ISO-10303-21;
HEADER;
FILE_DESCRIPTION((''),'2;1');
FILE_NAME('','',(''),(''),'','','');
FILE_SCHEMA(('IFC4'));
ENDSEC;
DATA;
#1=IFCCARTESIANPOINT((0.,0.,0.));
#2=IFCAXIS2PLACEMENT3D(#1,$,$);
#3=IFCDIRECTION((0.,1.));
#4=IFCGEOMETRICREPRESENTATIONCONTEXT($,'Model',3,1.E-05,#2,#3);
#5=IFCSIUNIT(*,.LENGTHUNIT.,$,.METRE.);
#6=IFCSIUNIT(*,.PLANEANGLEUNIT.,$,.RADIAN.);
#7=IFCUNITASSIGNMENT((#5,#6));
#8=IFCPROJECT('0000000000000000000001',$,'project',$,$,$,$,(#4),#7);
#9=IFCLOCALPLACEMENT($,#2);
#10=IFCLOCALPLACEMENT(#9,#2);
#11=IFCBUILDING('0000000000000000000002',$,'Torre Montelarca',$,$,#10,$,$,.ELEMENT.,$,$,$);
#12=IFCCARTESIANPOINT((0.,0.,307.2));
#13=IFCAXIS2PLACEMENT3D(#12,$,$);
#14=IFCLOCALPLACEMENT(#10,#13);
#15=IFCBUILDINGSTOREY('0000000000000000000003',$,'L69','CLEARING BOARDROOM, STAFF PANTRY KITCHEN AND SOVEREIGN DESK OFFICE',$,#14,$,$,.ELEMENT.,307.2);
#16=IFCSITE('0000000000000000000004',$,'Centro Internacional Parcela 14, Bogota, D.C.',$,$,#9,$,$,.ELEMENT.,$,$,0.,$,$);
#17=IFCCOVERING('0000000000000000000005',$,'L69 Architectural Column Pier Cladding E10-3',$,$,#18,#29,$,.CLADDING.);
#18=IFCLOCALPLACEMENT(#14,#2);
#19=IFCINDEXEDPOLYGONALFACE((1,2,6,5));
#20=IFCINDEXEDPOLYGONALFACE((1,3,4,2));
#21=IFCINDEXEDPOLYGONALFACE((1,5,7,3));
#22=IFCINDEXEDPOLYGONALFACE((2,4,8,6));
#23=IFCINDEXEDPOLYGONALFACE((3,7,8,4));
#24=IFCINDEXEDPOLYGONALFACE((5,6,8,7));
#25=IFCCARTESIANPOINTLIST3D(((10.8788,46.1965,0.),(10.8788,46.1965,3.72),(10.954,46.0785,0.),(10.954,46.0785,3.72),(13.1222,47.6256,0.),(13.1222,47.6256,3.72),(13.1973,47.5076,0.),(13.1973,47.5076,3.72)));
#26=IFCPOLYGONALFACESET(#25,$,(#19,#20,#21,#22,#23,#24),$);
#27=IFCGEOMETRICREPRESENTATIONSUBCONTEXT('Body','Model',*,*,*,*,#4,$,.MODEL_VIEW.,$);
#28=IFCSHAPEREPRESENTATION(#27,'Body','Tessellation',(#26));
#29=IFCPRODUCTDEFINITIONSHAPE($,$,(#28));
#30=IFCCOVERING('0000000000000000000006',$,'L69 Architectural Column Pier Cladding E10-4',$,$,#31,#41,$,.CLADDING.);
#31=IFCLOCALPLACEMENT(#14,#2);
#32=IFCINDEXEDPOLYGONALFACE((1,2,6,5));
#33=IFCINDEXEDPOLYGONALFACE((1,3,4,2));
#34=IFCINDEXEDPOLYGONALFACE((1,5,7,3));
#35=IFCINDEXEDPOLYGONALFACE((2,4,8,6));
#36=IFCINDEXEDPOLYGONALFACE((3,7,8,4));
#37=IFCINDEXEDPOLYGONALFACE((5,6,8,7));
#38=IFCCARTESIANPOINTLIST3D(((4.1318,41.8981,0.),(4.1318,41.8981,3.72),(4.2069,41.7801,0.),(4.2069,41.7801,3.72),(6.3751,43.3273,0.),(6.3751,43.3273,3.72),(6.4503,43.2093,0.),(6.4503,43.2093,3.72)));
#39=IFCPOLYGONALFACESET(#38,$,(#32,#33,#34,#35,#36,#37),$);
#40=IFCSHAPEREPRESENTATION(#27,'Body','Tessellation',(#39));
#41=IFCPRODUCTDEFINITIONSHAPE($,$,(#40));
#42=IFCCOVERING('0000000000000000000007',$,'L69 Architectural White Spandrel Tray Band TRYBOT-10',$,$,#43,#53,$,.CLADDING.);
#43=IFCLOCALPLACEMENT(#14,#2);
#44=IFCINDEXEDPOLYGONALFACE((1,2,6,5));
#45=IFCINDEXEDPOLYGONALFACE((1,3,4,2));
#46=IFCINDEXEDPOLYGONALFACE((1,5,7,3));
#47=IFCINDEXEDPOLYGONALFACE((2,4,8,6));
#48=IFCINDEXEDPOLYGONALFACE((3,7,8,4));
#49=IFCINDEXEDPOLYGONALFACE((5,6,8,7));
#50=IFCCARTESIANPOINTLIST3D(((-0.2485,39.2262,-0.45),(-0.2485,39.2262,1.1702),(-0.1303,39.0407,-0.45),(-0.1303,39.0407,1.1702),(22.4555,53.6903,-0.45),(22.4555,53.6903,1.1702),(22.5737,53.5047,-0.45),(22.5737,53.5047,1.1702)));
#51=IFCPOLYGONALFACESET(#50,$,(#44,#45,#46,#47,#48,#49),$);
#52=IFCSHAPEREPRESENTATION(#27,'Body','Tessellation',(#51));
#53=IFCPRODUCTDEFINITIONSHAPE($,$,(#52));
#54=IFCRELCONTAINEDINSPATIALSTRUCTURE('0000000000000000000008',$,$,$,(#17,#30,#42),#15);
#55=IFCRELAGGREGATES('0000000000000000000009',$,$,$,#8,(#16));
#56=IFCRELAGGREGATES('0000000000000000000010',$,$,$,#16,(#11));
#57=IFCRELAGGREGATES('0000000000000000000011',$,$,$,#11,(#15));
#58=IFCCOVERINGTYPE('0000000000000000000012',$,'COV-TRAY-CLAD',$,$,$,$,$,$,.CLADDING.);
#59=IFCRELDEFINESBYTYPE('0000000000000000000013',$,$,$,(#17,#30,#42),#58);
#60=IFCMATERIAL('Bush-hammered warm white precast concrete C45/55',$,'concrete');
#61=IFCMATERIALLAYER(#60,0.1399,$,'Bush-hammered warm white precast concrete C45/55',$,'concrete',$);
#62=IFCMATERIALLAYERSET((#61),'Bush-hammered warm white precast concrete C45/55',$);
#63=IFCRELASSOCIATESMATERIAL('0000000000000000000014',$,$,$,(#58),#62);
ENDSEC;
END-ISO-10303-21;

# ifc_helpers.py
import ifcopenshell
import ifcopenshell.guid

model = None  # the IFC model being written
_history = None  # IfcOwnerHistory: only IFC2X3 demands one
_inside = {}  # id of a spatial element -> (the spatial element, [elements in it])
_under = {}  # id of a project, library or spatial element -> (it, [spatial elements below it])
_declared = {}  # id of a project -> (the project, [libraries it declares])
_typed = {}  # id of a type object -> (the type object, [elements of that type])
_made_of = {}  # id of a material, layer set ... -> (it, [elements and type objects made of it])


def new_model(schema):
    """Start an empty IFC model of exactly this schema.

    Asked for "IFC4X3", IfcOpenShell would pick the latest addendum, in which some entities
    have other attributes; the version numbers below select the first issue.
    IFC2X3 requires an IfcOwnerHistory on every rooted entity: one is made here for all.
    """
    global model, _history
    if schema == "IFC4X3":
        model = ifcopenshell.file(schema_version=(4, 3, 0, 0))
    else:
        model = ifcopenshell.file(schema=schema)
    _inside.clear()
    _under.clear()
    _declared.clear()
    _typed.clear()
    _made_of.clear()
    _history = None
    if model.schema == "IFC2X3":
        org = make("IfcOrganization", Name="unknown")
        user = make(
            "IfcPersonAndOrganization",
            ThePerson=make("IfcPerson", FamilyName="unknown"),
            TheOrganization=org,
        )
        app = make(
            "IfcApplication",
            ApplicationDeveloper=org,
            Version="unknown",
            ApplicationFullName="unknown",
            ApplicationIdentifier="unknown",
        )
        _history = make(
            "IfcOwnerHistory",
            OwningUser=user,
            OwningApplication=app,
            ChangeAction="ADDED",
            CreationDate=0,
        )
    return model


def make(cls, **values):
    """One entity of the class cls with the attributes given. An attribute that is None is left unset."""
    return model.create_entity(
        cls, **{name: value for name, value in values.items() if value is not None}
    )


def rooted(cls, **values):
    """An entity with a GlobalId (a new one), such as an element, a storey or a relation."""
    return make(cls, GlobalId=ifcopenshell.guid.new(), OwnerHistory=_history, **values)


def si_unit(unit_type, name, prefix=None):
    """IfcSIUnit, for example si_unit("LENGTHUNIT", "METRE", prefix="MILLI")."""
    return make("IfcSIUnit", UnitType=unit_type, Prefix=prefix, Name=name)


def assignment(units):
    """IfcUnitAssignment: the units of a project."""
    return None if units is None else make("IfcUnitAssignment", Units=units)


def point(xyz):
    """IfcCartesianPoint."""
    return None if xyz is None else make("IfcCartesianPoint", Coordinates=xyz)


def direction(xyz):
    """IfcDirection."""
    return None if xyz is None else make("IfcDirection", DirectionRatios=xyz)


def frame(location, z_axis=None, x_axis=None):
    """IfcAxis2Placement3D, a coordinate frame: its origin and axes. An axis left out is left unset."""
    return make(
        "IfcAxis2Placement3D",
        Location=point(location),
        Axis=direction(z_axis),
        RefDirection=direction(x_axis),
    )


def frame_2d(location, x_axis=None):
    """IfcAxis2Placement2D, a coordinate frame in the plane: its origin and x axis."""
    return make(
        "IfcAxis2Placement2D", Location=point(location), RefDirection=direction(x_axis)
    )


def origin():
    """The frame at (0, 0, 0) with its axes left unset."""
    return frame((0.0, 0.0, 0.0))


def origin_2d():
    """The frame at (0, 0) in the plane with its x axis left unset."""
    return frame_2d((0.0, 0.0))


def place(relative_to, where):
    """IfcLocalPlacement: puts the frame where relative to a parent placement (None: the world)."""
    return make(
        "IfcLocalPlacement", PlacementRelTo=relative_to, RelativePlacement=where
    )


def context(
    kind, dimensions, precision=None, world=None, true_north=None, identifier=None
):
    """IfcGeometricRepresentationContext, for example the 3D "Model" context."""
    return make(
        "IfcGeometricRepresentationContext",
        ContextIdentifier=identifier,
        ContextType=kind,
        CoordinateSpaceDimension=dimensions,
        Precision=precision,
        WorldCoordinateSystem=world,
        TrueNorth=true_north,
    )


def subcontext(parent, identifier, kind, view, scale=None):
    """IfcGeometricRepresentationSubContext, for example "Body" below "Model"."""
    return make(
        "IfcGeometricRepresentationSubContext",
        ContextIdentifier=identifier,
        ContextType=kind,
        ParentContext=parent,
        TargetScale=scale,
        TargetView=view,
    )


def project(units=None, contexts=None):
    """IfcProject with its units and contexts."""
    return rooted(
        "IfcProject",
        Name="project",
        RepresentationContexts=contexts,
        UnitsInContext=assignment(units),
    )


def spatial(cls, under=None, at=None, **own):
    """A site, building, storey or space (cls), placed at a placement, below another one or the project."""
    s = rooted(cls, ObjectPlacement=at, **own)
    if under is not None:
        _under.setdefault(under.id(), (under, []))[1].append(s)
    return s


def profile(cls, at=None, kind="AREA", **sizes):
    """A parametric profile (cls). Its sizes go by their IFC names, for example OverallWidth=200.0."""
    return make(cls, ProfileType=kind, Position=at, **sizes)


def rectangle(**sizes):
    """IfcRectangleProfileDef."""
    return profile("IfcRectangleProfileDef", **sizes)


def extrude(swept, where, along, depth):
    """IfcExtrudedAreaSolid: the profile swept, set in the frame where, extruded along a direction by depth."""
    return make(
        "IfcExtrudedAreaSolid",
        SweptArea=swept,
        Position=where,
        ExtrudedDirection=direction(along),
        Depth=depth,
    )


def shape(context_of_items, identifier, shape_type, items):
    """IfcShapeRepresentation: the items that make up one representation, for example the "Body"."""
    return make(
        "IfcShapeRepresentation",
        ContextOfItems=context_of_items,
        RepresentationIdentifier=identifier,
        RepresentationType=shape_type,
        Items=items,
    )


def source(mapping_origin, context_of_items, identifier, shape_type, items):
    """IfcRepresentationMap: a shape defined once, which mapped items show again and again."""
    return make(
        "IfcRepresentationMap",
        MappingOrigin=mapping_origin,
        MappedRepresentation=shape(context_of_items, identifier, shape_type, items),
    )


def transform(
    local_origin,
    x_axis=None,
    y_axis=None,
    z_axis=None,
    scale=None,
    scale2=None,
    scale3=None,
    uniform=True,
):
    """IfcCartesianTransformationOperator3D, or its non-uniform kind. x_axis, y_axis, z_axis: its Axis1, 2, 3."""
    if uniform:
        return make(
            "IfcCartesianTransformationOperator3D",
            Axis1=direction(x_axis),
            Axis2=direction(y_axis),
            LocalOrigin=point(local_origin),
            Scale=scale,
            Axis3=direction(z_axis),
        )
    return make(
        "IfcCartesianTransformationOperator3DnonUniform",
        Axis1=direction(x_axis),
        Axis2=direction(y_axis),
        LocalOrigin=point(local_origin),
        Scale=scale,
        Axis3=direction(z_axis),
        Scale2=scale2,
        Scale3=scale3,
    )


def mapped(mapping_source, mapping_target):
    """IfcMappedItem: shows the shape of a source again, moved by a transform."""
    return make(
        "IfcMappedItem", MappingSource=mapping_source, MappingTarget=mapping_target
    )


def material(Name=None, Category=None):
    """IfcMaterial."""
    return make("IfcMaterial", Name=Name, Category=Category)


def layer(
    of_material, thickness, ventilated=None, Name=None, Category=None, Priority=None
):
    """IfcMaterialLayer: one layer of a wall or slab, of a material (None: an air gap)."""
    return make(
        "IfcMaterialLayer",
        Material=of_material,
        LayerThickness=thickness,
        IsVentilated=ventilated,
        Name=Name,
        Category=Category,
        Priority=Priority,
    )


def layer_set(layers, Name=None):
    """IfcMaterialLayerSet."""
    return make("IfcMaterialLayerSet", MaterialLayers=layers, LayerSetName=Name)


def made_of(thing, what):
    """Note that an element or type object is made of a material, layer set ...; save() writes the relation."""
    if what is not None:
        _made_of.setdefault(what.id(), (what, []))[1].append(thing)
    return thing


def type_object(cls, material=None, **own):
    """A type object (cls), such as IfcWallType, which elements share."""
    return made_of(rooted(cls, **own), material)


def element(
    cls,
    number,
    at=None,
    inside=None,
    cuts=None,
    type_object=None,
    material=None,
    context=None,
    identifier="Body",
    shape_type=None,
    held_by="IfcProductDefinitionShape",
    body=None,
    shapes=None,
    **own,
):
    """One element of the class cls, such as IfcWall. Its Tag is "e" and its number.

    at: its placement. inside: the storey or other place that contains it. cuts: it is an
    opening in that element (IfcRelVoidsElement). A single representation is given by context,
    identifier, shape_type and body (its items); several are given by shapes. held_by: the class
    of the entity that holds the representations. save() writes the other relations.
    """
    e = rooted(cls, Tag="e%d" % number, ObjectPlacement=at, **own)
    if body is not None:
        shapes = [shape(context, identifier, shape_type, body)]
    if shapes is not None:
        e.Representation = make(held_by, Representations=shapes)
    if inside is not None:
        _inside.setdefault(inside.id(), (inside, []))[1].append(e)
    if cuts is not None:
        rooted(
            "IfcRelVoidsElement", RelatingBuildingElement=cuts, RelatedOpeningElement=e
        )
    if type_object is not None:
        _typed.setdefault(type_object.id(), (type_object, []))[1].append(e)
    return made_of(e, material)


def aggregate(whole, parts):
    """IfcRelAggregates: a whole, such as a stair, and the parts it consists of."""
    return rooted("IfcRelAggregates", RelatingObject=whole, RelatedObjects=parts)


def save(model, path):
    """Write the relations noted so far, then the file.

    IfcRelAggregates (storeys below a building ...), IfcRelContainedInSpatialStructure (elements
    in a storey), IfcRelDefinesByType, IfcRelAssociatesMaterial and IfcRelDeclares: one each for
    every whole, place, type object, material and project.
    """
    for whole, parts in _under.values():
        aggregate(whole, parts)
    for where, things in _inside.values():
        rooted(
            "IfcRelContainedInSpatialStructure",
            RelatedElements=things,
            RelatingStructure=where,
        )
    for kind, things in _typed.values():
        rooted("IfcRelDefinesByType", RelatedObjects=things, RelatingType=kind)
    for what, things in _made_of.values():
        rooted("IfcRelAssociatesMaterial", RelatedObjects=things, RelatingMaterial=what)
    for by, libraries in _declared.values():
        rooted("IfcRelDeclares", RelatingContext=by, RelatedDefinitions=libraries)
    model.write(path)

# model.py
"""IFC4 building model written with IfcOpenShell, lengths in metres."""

from ifc_helpers import new_model, si_unit, direction, frame, origin, origin_2d, place, context, subcontext, project, spatial, rectangle, extrude, source, transform, mapped, material, layer, layer_set, type_object, element, save


model = new_model("IFC4")

# Units and contexts
model_context = context("Model", 3, precision=1e-05, world=origin(), true_north=direction((0.0, 1.0)))
body_context = subcontext(model_context, "Body", "Model", "MODEL_VIEW")
ifc_project = project(units=[si_unit("LENGTHUNIT", "METRE"), si_unit("PLANEANGLEUNIT", "RADIAN")], contexts=[model_context])

# Site, building, storey
site_placement = place(None, origin())
site = spatial("IfcSite", under=ifc_project, at=site_placement, Name="Centro Internacional Parcela 14, Bogota, D.C.", CompositionType="ELEMENT", RefElevation=0.0)
building_placement = place(site_placement, origin())
building = spatial("IfcBuilding", under=site, at=building_placement, Name="Torre Montelarca", CompositionType="ELEMENT")
storey_placement = place(building_placement, frame((0.0, 0.0, 307.2)))
storey = spatial("IfcBuildingStorey", under=building, at=storey_placement, Name="L69", Description="CLEARING BOARDROOM, STAFF PANTRY KITCHEN AND SOVEREIGN DESK OFFICE", CompositionType="ELEMENT", Elevation=307.2)

# Coverings
ifc_material_1 = material(Name="Bush-hammered warm white precast concrete C45/55", Category="concrete")
ifc_layer_1 = layer(ifc_material_1, 0.1399, Name="Bush-hammered warm white precast concrete C45/55", Category="concrete")
ifc_layer_set_1 = layer_set([ifc_layer_1], Name="Bush-hammered warm white precast concrete C45/55")
covering_type = type_object("IfcCoveringType", Name="COV-TRAY-CLAD", PredefinedType="CLADDING", material=ifc_layer_set_1)
shared_shape_1 = source(origin(), body_context, "Body", "SweptSolid", [
    extrude(rectangle(XDim=2.6599, YDim=0.1399, at=origin_2d()), origin(), (0.0, 0.0, 1.0), 3.72),
])
for number, where, z_axis, x_axis, name in (
    (1, (12.0381, 46.8521, 0.0), (0.0, 0.0, 1.0), (-0.843391, -0.537301, 0.0), "L69 Architectural Column Pier Cladding E10-3"),
    (2, (5.291, 42.5537, 0.0), (0.0, 0.0, 1.0), (-0.843391, -0.537301, 0.0), "L69 Architectural Column Pier Cladding E10-4"),
):
    element("IfcCovering", number, at=place(storey_placement, frame(where, z_axis=z_axis, x_axis=x_axis)), inside=storey, type_object=covering_type, Name=name, PredefinedType="CLADDING", context=body_context, shape_type="MappedRepresentation", body=[
        mapped(shared_shape_1, transform((0.0, 0.0, 0.0), scale=1.0)),
    ])
shared_shape_2 = source(origin(), body_context, "Body", "SweptSolid", [
    extrude(rectangle(XDim=26.9199, YDim=0.22, at=origin_2d()), origin(), (0.0, 0.0, 1.0), 1.6201),
])
covering_placement = place(storey_placement, frame((11.1626, 46.3655, -0.45), z_axis=(0.0, 0.0, 1.0), x_axis=(-0.843392, -0.537298, 0.0)))
element("IfcCovering", 3, at=covering_placement, inside=storey, type_object=covering_type, Name="L69 Architectural White Spandrel Tray Band TRYBOT-10", PredefinedType="CLADDING", context=body_context, shape_type="MappedRepresentation", body=[
    mapped(shared_shape_2, transform((0.0, 0.0, 0.0), scale=1.0)),
])

save(model, "model.ifc")
